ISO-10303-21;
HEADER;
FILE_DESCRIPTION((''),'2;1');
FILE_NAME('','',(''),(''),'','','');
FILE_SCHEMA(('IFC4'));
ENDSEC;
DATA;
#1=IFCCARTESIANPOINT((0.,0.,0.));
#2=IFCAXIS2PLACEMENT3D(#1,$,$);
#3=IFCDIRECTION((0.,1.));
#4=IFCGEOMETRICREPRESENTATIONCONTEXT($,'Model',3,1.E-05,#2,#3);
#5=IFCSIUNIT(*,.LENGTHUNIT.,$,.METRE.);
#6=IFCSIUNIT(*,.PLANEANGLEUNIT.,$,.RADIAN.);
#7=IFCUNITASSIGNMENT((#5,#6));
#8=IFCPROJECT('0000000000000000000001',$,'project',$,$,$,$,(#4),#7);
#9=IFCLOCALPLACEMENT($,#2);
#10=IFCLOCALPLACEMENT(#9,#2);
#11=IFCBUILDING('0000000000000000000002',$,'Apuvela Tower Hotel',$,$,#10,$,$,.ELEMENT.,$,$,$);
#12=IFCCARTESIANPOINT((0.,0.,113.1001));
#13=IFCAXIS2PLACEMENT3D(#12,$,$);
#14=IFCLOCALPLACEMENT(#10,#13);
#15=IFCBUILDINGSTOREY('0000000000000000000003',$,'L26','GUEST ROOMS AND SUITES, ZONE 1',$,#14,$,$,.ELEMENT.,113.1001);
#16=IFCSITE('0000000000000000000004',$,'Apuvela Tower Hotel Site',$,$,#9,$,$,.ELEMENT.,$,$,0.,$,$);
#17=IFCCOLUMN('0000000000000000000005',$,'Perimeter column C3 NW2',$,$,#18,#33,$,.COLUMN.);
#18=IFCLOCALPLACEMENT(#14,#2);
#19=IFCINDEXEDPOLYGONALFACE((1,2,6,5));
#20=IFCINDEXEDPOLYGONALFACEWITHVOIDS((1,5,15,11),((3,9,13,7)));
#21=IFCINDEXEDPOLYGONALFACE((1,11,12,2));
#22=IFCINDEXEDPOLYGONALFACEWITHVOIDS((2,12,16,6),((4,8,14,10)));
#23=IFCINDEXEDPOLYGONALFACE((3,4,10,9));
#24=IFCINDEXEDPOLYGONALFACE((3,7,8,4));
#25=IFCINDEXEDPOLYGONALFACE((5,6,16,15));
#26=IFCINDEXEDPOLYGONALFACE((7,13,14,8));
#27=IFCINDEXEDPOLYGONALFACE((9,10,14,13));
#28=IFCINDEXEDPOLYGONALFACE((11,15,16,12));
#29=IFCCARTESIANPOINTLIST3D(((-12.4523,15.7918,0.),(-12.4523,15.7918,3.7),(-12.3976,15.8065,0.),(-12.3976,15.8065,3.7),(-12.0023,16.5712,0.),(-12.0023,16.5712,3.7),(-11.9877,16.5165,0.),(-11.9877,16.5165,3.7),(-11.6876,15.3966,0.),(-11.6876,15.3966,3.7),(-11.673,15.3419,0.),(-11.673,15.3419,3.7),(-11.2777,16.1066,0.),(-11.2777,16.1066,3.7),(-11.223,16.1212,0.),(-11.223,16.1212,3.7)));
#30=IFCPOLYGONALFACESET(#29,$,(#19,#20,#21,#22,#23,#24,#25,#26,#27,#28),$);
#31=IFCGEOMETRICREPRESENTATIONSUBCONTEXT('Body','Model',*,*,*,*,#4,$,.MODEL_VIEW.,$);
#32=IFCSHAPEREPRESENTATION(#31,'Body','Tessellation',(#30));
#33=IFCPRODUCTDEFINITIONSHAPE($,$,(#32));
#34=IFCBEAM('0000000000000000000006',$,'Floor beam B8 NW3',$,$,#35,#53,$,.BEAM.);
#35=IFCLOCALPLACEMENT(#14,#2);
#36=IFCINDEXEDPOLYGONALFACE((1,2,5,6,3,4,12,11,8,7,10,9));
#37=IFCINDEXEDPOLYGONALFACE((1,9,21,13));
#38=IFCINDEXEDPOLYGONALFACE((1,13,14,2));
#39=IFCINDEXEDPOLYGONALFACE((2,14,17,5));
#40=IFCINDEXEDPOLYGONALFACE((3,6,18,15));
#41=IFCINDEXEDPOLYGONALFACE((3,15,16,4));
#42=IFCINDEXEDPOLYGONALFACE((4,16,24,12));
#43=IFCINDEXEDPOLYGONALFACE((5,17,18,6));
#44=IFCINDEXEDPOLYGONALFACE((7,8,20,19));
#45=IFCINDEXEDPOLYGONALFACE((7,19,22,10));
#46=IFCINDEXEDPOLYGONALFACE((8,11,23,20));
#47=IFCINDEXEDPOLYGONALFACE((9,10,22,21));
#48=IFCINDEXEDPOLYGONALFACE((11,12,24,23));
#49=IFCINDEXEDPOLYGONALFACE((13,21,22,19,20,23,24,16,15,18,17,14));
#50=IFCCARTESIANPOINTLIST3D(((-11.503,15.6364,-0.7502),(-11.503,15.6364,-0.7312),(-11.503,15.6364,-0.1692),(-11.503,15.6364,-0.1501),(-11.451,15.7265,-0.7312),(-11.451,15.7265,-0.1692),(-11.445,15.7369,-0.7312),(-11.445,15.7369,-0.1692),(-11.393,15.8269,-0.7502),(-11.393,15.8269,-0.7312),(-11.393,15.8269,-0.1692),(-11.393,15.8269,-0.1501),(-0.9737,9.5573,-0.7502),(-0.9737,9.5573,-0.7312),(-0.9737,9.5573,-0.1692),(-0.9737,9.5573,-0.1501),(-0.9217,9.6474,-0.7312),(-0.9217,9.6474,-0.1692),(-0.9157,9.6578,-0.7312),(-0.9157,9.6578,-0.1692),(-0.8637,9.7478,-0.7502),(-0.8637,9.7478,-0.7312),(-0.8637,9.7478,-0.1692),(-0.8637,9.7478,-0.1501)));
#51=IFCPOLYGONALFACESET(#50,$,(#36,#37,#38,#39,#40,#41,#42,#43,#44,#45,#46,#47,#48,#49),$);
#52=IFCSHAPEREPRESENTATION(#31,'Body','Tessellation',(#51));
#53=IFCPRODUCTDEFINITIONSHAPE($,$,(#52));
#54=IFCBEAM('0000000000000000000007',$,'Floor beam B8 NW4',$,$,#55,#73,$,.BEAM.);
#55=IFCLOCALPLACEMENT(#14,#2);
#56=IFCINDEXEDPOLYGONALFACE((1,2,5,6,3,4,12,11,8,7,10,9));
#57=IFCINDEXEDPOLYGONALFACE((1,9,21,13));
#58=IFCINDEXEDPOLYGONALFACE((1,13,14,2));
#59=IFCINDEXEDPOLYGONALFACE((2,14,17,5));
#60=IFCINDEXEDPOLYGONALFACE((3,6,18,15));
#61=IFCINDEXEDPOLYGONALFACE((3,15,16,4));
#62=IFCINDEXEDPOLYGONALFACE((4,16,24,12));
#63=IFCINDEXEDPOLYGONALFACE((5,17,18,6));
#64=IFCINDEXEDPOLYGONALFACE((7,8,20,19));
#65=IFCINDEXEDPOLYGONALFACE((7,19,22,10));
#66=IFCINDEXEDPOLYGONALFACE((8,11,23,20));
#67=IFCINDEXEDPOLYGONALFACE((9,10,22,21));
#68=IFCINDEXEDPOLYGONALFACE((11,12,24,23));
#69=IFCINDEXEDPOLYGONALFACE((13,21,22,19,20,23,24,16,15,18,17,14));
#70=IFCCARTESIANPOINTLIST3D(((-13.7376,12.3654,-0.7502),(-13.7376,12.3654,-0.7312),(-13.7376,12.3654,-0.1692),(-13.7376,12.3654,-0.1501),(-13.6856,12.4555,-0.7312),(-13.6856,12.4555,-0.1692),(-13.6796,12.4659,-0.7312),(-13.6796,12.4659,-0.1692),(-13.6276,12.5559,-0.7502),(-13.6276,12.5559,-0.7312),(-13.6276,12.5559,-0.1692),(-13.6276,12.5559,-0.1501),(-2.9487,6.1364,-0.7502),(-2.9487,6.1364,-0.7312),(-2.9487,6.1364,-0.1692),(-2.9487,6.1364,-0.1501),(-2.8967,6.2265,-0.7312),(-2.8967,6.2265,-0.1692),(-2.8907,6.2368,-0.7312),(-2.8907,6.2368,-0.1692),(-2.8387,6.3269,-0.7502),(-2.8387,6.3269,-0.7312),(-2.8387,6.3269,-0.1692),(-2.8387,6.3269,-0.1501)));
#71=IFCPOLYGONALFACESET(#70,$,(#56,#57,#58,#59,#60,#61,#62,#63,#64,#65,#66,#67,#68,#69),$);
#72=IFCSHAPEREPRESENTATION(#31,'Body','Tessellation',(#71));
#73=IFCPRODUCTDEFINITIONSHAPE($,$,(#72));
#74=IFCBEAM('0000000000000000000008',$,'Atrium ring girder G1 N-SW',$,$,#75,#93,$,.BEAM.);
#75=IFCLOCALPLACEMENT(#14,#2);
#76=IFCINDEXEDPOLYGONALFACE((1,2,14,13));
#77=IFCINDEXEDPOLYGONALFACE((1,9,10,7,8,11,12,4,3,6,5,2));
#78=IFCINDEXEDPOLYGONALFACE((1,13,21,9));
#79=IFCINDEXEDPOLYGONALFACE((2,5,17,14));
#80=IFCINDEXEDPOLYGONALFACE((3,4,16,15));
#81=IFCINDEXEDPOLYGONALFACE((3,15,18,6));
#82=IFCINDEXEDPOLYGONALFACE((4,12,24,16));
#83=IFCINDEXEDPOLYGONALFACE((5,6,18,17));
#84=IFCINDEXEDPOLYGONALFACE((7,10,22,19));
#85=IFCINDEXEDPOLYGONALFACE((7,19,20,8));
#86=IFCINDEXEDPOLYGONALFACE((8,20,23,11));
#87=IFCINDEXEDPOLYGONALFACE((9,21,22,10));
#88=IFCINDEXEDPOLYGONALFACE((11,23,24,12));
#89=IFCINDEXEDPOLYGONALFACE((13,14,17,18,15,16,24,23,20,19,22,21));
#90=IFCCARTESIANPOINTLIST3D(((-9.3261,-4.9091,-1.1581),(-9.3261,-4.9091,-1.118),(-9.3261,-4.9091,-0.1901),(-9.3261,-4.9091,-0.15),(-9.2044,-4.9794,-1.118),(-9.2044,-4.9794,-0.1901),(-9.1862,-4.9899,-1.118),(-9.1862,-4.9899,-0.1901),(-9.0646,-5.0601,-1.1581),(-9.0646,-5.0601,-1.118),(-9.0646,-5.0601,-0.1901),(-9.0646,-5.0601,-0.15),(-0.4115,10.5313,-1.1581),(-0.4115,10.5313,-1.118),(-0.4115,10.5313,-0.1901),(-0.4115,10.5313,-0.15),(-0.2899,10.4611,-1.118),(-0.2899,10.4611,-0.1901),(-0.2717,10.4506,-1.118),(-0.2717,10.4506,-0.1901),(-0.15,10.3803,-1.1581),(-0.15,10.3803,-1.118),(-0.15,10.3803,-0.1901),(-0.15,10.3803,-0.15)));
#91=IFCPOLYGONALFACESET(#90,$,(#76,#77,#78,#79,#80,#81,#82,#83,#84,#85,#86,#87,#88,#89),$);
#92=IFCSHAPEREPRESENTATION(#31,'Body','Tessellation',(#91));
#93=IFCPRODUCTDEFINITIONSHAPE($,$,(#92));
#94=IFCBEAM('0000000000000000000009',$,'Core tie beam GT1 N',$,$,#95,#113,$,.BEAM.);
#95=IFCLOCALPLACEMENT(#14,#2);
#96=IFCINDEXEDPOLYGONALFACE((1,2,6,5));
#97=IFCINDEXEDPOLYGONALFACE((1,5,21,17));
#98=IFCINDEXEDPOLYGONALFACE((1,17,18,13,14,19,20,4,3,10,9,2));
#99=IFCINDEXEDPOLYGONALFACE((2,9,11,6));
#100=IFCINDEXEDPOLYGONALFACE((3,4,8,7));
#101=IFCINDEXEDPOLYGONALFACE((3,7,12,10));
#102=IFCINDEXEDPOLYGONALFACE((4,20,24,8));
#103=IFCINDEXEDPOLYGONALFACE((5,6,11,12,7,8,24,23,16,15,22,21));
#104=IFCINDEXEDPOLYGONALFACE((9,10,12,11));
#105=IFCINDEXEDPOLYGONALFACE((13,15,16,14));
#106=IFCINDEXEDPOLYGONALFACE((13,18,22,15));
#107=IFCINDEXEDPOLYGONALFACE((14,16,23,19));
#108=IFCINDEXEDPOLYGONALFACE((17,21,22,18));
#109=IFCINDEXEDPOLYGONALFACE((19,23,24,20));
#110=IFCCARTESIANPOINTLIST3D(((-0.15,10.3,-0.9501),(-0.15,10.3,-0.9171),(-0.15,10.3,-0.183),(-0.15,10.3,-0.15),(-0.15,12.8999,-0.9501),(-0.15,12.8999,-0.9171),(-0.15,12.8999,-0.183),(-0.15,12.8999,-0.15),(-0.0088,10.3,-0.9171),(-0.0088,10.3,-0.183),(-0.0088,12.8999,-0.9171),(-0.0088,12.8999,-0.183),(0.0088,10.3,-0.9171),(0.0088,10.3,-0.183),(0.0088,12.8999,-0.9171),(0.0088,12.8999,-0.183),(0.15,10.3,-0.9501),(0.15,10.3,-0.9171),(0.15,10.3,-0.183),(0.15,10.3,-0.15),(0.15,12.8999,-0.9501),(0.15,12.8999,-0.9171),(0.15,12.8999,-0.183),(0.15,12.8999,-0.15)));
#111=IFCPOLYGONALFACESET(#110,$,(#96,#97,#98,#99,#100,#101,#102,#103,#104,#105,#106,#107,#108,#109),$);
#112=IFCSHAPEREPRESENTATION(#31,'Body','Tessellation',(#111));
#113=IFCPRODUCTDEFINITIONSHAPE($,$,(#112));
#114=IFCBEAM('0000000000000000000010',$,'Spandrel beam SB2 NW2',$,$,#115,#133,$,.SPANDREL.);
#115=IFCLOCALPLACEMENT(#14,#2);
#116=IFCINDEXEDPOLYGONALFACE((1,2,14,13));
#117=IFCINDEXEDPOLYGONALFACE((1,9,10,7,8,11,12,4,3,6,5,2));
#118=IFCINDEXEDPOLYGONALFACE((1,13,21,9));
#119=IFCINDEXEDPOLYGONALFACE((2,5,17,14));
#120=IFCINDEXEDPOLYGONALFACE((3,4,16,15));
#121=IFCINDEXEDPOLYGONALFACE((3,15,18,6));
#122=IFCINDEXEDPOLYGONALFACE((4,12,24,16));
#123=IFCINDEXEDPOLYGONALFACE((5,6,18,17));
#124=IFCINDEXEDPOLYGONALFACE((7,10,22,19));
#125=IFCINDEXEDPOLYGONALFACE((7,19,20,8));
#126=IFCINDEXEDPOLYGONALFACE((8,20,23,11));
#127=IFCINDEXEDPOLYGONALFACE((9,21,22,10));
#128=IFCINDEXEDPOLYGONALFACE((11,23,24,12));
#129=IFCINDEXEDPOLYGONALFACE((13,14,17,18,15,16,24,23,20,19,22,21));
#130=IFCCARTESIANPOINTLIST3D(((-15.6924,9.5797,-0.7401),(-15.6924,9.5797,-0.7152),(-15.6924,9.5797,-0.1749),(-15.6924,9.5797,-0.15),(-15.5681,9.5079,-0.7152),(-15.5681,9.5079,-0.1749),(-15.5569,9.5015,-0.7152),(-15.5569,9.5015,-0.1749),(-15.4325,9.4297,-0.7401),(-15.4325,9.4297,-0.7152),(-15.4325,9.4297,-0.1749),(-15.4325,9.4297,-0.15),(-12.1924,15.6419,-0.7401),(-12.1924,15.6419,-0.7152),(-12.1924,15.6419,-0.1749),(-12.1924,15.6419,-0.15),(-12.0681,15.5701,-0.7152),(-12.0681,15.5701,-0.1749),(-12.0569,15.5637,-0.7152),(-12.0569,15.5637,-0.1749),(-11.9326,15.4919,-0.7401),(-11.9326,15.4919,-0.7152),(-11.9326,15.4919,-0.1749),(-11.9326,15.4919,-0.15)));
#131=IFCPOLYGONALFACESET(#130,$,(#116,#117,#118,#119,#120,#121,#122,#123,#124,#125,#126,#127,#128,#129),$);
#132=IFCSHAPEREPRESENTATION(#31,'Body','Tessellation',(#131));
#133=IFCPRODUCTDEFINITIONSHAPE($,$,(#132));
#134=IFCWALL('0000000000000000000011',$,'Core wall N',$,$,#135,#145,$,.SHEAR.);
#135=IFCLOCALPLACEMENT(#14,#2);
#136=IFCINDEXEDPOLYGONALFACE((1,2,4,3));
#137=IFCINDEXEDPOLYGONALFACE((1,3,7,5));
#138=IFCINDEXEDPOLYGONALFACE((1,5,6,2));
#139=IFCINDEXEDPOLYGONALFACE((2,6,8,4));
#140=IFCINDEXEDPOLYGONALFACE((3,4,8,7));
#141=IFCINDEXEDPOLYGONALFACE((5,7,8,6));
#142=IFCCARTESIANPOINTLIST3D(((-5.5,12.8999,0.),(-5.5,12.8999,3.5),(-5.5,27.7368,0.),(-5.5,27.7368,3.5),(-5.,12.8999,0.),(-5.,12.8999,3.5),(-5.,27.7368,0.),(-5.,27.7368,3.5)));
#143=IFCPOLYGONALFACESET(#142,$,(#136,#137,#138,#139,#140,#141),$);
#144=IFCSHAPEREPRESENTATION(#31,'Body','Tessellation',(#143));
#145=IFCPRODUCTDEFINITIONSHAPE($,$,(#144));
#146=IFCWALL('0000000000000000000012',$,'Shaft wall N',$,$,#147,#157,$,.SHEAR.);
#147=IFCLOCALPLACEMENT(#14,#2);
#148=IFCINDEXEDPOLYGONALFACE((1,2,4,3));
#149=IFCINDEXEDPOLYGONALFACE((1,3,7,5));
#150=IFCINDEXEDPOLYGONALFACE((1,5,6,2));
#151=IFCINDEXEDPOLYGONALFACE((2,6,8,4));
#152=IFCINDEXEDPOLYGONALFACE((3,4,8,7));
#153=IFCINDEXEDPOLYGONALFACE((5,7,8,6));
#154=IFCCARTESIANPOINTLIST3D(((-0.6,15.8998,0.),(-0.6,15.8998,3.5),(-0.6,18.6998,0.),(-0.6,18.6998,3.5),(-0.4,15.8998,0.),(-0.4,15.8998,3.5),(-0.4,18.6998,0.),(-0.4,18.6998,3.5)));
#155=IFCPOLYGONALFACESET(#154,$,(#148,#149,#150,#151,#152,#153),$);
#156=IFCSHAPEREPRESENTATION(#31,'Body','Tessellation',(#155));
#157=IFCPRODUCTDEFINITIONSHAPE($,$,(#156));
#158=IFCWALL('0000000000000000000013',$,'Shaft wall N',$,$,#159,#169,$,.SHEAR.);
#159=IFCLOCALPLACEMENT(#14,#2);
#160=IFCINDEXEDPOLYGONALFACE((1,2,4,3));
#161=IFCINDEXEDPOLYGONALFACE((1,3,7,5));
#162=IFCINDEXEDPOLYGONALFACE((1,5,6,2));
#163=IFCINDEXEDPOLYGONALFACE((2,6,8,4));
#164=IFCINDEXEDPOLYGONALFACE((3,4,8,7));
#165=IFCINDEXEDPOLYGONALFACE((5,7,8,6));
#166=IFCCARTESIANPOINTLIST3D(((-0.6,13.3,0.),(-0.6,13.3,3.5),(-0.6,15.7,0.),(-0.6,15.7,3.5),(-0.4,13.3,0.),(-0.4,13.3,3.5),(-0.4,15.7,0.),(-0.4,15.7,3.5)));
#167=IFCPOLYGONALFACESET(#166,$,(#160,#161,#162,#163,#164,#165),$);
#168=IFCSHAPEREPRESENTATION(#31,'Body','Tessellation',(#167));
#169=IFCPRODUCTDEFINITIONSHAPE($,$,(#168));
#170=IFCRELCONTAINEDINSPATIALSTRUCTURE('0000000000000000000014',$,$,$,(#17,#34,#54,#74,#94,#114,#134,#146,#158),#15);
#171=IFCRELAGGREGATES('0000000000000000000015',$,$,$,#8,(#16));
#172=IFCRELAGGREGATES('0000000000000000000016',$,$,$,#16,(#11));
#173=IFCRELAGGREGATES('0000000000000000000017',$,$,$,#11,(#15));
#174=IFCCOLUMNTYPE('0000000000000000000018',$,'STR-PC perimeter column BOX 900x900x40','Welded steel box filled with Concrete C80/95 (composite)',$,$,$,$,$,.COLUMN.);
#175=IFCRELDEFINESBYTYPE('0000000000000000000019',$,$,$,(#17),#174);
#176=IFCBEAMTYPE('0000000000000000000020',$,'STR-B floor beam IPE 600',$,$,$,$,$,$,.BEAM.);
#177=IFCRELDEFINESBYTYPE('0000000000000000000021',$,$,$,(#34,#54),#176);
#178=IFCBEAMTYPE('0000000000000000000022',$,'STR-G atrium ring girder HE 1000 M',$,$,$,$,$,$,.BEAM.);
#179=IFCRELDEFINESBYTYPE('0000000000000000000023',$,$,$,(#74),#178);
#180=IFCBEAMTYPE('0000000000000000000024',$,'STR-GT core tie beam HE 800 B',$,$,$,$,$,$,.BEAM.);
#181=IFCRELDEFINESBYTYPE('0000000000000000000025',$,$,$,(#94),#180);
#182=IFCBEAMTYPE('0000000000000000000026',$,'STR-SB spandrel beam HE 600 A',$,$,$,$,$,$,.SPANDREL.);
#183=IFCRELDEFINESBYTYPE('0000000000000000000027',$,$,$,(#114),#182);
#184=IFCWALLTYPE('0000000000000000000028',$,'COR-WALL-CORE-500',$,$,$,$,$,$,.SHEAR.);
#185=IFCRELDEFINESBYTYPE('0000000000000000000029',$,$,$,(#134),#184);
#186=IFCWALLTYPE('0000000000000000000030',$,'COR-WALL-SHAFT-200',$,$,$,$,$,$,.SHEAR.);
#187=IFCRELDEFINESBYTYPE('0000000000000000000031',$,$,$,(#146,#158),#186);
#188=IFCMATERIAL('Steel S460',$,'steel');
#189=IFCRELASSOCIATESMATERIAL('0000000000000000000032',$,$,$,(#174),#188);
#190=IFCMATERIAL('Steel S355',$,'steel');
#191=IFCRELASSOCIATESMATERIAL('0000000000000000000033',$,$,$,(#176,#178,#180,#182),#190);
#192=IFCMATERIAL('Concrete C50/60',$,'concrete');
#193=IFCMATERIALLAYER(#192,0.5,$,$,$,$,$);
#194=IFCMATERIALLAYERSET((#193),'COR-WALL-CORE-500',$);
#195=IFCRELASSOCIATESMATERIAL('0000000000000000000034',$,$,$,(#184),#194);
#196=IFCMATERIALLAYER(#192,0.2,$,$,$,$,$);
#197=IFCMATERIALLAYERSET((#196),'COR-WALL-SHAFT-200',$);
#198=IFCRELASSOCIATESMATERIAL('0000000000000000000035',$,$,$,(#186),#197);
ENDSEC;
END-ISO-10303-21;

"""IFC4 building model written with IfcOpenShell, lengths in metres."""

from ifc_helpers import new_model, si_unit, direction, frame, frame_2d, origin, origin_2d, place, context, subcontext, project, spatial, rectangle, hollow_rectangle, i_section, extrude, material, layer, layer_set, material_profile, profile_set, type_object, element, save


model = new_model("IFC4")

# Units and contexts
model_context = context("Model", 3, precision=1e-05, world=origin(), true_north=direction((0.0, 1.0)))
body_context = subcontext(model_context, "Body", "Model", "MODEL_VIEW")
ifc_project = project(units=[si_unit("LENGTHUNIT", "METRE"), si_unit("PLANEANGLEUNIT", "RADIAN")], contexts=[model_context])

# Site, building, storey
site_placement = place(None, origin())
site = spatial("IfcSite", under=ifc_project, at=site_placement, Name="Apuvela Tower Hotel Site", CompositionType="ELEMENT", RefElevation=0.0)
building_placement = place(site_placement, origin())
building = spatial("IfcBuilding", under=site, at=building_placement, Name="Apuvela Tower Hotel", CompositionType="ELEMENT")
storey_placement = place(building_placement, frame((0.0, 0.0, 113.1001)))
storey = spatial("IfcBuildingStorey", under=building, at=storey_placement, Name="L26", Description="GUEST ROOMS AND SUITES, ZONE 1", CompositionType="ELEMENT", Elevation=113.1001)

# Column
ifc_material_1 = material(Name="Steel S460", Category="steel")
ifc_material_profile_1 = material_profile(ifc_material_1, hollow_rectangle(XDim=0.8999, YDim=0.8999, WallThickness=0.04, at=origin_2d()), Name="BOX 900x900x40")
ifc_material_2 = material(Name="Concrete C80/95", Category="concrete")
ifc_material_profile_2 = material_profile(ifc_material_2, rectangle(XDim=0.8201, YDim=0.8201, at=origin_2d()), Name="Concrete C80/95 infill")
ifc_profile_set_1 = profile_set([ifc_material_profile_1, ifc_material_profile_2], Name="Steel S460")
column_type = type_object("IfcColumnType", Name="STR-PC perimeter column BOX 900x900x40", Description="Welded steel box filled with Concrete C80/95 (composite)", PredefinedType="COLUMN", material=ifc_profile_set_1)
column_placement = place(storey_placement, frame((-11.8376, 15.9565, 0.0), z_axis=(0.0, 0.0, 1.0), x_axis=(0.5, 0.866025, 0.0)))
element("IfcColumn", 1, at=column_placement, inside=storey, type_object=column_type, Name="Perimeter column C3 NW2", PredefinedType="COLUMN", context=body_context, shape_type="SweptSolid", body=[
    extrude(hollow_rectangle(XDim=0.8999, YDim=0.8999, WallThickness=0.04, at=origin_2d()), origin(), (0.0, 0.0, 1.0), 3.7),
])

# Beams
ifc_material_3 = material(Name="Steel S355", Category="steel")
ifc_material_profile_3 = material_profile(ifc_material_3, i_section(OverallWidth=0.22, OverallDepth=0.6001, WebThickness=0.012, FlangeThickness=0.019, at=origin_2d()), Name="IPE 600")
ifc_profile_set_2 = profile_set([ifc_material_profile_3], Name="Steel S355")
beam_type_1 = type_object("IfcBeamType", Name="STR-B floor beam IPE 600", PredefinedType="BEAM", material=ifc_profile_set_2)
beam_1_placement = place(storey_placement, frame((-11.448, 15.7317, -0.4502), z_axis=(0.866025, -0.500001, 0.0), x_axis=(0.500001, 0.866025, 0.0)))
element("IfcBeam", 2, at=beam_1_placement, inside=storey, type_object=beam_type_1, Name="Floor beam B8 NW3", PredefinedType="BEAM", context=body_context, shape_type="SweptSolid", body=[
    extrude(i_section(OverallWidth=0.22, OverallDepth=0.6001, WebThickness=0.012, FlangeThickness=0.019, at=origin_2d()), origin(), (0.0, 0.0, 1.0), 12.1582),
])
beam_2_placement = place(storey_placement, frame((-13.6826, 12.4607, -0.4502), z_axis=(0.866023, -0.500005, 0.0), x_axis=(0.500005, 0.866023, 0.0)))
element("IfcBeam", 3, at=beam_2_placement, inside=storey, type_object=beam_type_1, Name="Floor beam B8 NW4", PredefinedType="BEAM", context=body_context, shape_type="SweptSolid", body=[
    extrude(i_section(OverallWidth=0.22, OverallDepth=0.6001, WebThickness=0.012, FlangeThickness=0.019, at=origin_2d()), origin(), (0.0, 0.0, 1.0), 12.458),
])
ifc_material_profile_4 = material_profile(ifc_material_3, i_section(OverallWidth=0.302, OverallDepth=1.0081, WebThickness=0.021, FlangeThickness=0.04, at=origin_2d()), Name="HE 1000 M")
ifc_profile_set_3 = profile_set([ifc_material_profile_4], Name="Steel S355")
beam_type_2 = type_object("IfcBeamType", Name="STR-G atrium ring girder HE 1000 M", PredefinedType="BEAM", material=ifc_profile_set_3)
beam_3_placement = place(storey_placement, frame((-0.2808, 10.4558, -0.6541), z_axis=(-0.500001, -0.866025, 0.0), x_axis=(0.866025, -0.500001, 0.0)))
element("IfcBeam", 4, at=beam_3_placement, inside=storey, type_object=beam_type_2, Name="Atrium ring girder G1 N-SW", PredefinedType="BEAM", context=body_context, shape_type="SweptSolid", body=[
    extrude(i_section(OverallWidth=0.302, OverallDepth=1.0081, WebThickness=0.021, FlangeThickness=0.04, at=origin_2d()), origin(), (0.0, 0.0, 1.0), 17.8291),
])
ifc_material_profile_5 = material_profile(ifc_material_3, i_section(OverallWidth=0.3, OverallDepth=0.8, WebThickness=0.0176, FlangeThickness=0.033, at=origin_2d()), Name="HE 800 B")
ifc_profile_set_4 = profile_set([ifc_material_profile_5], Name="Steel S355")
beam_type_3 = type_object("IfcBeamType", Name="STR-GT core tie beam HE 800 B", PredefinedType="BEAM", material=ifc_profile_set_4)
beam_4_placement = place(storey_placement, frame((0.0, 12.8999, -0.55), z_axis=(0.0, -1.0, 0.0), x_axis=(1.0, 0.0, 0.0)))
element("IfcBeam", 5, at=beam_4_placement, inside=storey, type_object=beam_type_3, Name="Core tie beam GT1 N", PredefinedType="BEAM", context=body_context, shape_type="SweptSolid", body=[
    extrude(i_section(OverallWidth=0.3, OverallDepth=0.8, WebThickness=0.0176, FlangeThickness=0.033, at=origin_2d()), origin(), (0.0, 0.0, 1.0), 2.5999),
])
ifc_material_profile_6 = material_profile(ifc_material_3, i_section(OverallWidth=0.3, OverallDepth=0.5901, WebThickness=0.0129, FlangeThickness=0.0249, at=origin_2d()), Name="HE 600 A")
ifc_profile_set_5 = profile_set([ifc_material_profile_6], Name="Steel S355")
beam_type_4 = type_object("IfcBeamType", Name="STR-SB spandrel beam HE 600 A", PredefinedType="SPANDREL", material=ifc_profile_set_5)
beam_5_placement = place(storey_placement, frame((-12.0625, 15.5669, -0.4451), z_axis=(-0.499995, -0.866028, 0.0), x_axis=(0.866028, -0.499995, 0.0)))
element("IfcBeam", 6, at=beam_5_placement, inside=storey, type_object=beam_type_4, Name="Spandrel beam SB2 NW2", PredefinedType="SPANDREL", context=body_context, shape_type="SweptSolid", body=[
    extrude(i_section(OverallWidth=0.3, OverallDepth=0.5901, WebThickness=0.0129, FlangeThickness=0.0249, at=origin_2d()), origin(), (0.0, 0.0, 1.0), 7.0),
])

# Walls
ifc_material_4 = material(Name="Concrete C50/60", Category="concrete")
ifc_layer_1 = layer(ifc_material_4, 0.5)
ifc_layer_set_1 = layer_set([ifc_layer_1], Name="COR-WALL-CORE-500")
wall_type_1 = type_object("IfcWallType", Name="COR-WALL-CORE-500", PredefinedType="SHEAR", material=ifc_layer_set_1)
wall_1_placement = place(storey_placement, frame((-5.25, 12.8999, 0.0), z_axis=(0.0, 0.0, 1.0), x_axis=(0.0, 1.0, 0.0)))
element("IfcWall", 7, at=wall_1_placement, inside=storey, type_object=wall_type_1, Name="Core wall N", PredefinedType="SHEAR", context=body_context, shape_type="SweptSolid", body=[
    extrude(rectangle(XDim=14.8369, YDim=0.5, at=frame_2d((7.4185, 0.0))), origin(), (0.0, 0.0, 1.0), 3.5),
])
ifc_layer_2 = layer(ifc_material_4, 0.2)
ifc_layer_set_2 = layer_set([ifc_layer_2], Name="COR-WALL-SHAFT-200")
wall_type_2 = type_object("IfcWallType", Name="COR-WALL-SHAFT-200", PredefinedType="SHEAR", material=ifc_layer_set_2)
wall_2_placement = place(storey_placement, frame((-0.5, 15.8999, 0.0), z_axis=(0.0, 0.0, 1.0), x_axis=(0.0, 1.0, 0.0)))
element("IfcWall", 8, at=wall_2_placement, inside=storey, type_object=wall_type_2, Name="Shaft wall N", PredefinedType="SHEAR", context=body_context, shape_type="SweptSolid", body=[
    extrude(rectangle(XDim=2.8, YDim=0.2, at=frame_2d((1.3999, 0.0))), origin(), (0.0, 0.0, 1.0), 3.5),
])
wall_3_placement = place(storey_placement, frame((-0.5, 13.3, 0.0), z_axis=(0.0, 0.0, 1.0), x_axis=(0.0, 1.0, 0.0)))
element("IfcWall", 9, at=wall_3_placement, inside=storey, type_object=wall_type_2, Name="Shaft wall N", PredefinedType="SHEAR", context=body_context, shape_type="SweptSolid", body=[
    extrude(rectangle(XDim=2.3999, YDim=0.2, at=frame_2d((1.2, 0.0))), origin(), (0.0, 0.0, 1.0), 3.5),
])

save(model, "model.ifc")
